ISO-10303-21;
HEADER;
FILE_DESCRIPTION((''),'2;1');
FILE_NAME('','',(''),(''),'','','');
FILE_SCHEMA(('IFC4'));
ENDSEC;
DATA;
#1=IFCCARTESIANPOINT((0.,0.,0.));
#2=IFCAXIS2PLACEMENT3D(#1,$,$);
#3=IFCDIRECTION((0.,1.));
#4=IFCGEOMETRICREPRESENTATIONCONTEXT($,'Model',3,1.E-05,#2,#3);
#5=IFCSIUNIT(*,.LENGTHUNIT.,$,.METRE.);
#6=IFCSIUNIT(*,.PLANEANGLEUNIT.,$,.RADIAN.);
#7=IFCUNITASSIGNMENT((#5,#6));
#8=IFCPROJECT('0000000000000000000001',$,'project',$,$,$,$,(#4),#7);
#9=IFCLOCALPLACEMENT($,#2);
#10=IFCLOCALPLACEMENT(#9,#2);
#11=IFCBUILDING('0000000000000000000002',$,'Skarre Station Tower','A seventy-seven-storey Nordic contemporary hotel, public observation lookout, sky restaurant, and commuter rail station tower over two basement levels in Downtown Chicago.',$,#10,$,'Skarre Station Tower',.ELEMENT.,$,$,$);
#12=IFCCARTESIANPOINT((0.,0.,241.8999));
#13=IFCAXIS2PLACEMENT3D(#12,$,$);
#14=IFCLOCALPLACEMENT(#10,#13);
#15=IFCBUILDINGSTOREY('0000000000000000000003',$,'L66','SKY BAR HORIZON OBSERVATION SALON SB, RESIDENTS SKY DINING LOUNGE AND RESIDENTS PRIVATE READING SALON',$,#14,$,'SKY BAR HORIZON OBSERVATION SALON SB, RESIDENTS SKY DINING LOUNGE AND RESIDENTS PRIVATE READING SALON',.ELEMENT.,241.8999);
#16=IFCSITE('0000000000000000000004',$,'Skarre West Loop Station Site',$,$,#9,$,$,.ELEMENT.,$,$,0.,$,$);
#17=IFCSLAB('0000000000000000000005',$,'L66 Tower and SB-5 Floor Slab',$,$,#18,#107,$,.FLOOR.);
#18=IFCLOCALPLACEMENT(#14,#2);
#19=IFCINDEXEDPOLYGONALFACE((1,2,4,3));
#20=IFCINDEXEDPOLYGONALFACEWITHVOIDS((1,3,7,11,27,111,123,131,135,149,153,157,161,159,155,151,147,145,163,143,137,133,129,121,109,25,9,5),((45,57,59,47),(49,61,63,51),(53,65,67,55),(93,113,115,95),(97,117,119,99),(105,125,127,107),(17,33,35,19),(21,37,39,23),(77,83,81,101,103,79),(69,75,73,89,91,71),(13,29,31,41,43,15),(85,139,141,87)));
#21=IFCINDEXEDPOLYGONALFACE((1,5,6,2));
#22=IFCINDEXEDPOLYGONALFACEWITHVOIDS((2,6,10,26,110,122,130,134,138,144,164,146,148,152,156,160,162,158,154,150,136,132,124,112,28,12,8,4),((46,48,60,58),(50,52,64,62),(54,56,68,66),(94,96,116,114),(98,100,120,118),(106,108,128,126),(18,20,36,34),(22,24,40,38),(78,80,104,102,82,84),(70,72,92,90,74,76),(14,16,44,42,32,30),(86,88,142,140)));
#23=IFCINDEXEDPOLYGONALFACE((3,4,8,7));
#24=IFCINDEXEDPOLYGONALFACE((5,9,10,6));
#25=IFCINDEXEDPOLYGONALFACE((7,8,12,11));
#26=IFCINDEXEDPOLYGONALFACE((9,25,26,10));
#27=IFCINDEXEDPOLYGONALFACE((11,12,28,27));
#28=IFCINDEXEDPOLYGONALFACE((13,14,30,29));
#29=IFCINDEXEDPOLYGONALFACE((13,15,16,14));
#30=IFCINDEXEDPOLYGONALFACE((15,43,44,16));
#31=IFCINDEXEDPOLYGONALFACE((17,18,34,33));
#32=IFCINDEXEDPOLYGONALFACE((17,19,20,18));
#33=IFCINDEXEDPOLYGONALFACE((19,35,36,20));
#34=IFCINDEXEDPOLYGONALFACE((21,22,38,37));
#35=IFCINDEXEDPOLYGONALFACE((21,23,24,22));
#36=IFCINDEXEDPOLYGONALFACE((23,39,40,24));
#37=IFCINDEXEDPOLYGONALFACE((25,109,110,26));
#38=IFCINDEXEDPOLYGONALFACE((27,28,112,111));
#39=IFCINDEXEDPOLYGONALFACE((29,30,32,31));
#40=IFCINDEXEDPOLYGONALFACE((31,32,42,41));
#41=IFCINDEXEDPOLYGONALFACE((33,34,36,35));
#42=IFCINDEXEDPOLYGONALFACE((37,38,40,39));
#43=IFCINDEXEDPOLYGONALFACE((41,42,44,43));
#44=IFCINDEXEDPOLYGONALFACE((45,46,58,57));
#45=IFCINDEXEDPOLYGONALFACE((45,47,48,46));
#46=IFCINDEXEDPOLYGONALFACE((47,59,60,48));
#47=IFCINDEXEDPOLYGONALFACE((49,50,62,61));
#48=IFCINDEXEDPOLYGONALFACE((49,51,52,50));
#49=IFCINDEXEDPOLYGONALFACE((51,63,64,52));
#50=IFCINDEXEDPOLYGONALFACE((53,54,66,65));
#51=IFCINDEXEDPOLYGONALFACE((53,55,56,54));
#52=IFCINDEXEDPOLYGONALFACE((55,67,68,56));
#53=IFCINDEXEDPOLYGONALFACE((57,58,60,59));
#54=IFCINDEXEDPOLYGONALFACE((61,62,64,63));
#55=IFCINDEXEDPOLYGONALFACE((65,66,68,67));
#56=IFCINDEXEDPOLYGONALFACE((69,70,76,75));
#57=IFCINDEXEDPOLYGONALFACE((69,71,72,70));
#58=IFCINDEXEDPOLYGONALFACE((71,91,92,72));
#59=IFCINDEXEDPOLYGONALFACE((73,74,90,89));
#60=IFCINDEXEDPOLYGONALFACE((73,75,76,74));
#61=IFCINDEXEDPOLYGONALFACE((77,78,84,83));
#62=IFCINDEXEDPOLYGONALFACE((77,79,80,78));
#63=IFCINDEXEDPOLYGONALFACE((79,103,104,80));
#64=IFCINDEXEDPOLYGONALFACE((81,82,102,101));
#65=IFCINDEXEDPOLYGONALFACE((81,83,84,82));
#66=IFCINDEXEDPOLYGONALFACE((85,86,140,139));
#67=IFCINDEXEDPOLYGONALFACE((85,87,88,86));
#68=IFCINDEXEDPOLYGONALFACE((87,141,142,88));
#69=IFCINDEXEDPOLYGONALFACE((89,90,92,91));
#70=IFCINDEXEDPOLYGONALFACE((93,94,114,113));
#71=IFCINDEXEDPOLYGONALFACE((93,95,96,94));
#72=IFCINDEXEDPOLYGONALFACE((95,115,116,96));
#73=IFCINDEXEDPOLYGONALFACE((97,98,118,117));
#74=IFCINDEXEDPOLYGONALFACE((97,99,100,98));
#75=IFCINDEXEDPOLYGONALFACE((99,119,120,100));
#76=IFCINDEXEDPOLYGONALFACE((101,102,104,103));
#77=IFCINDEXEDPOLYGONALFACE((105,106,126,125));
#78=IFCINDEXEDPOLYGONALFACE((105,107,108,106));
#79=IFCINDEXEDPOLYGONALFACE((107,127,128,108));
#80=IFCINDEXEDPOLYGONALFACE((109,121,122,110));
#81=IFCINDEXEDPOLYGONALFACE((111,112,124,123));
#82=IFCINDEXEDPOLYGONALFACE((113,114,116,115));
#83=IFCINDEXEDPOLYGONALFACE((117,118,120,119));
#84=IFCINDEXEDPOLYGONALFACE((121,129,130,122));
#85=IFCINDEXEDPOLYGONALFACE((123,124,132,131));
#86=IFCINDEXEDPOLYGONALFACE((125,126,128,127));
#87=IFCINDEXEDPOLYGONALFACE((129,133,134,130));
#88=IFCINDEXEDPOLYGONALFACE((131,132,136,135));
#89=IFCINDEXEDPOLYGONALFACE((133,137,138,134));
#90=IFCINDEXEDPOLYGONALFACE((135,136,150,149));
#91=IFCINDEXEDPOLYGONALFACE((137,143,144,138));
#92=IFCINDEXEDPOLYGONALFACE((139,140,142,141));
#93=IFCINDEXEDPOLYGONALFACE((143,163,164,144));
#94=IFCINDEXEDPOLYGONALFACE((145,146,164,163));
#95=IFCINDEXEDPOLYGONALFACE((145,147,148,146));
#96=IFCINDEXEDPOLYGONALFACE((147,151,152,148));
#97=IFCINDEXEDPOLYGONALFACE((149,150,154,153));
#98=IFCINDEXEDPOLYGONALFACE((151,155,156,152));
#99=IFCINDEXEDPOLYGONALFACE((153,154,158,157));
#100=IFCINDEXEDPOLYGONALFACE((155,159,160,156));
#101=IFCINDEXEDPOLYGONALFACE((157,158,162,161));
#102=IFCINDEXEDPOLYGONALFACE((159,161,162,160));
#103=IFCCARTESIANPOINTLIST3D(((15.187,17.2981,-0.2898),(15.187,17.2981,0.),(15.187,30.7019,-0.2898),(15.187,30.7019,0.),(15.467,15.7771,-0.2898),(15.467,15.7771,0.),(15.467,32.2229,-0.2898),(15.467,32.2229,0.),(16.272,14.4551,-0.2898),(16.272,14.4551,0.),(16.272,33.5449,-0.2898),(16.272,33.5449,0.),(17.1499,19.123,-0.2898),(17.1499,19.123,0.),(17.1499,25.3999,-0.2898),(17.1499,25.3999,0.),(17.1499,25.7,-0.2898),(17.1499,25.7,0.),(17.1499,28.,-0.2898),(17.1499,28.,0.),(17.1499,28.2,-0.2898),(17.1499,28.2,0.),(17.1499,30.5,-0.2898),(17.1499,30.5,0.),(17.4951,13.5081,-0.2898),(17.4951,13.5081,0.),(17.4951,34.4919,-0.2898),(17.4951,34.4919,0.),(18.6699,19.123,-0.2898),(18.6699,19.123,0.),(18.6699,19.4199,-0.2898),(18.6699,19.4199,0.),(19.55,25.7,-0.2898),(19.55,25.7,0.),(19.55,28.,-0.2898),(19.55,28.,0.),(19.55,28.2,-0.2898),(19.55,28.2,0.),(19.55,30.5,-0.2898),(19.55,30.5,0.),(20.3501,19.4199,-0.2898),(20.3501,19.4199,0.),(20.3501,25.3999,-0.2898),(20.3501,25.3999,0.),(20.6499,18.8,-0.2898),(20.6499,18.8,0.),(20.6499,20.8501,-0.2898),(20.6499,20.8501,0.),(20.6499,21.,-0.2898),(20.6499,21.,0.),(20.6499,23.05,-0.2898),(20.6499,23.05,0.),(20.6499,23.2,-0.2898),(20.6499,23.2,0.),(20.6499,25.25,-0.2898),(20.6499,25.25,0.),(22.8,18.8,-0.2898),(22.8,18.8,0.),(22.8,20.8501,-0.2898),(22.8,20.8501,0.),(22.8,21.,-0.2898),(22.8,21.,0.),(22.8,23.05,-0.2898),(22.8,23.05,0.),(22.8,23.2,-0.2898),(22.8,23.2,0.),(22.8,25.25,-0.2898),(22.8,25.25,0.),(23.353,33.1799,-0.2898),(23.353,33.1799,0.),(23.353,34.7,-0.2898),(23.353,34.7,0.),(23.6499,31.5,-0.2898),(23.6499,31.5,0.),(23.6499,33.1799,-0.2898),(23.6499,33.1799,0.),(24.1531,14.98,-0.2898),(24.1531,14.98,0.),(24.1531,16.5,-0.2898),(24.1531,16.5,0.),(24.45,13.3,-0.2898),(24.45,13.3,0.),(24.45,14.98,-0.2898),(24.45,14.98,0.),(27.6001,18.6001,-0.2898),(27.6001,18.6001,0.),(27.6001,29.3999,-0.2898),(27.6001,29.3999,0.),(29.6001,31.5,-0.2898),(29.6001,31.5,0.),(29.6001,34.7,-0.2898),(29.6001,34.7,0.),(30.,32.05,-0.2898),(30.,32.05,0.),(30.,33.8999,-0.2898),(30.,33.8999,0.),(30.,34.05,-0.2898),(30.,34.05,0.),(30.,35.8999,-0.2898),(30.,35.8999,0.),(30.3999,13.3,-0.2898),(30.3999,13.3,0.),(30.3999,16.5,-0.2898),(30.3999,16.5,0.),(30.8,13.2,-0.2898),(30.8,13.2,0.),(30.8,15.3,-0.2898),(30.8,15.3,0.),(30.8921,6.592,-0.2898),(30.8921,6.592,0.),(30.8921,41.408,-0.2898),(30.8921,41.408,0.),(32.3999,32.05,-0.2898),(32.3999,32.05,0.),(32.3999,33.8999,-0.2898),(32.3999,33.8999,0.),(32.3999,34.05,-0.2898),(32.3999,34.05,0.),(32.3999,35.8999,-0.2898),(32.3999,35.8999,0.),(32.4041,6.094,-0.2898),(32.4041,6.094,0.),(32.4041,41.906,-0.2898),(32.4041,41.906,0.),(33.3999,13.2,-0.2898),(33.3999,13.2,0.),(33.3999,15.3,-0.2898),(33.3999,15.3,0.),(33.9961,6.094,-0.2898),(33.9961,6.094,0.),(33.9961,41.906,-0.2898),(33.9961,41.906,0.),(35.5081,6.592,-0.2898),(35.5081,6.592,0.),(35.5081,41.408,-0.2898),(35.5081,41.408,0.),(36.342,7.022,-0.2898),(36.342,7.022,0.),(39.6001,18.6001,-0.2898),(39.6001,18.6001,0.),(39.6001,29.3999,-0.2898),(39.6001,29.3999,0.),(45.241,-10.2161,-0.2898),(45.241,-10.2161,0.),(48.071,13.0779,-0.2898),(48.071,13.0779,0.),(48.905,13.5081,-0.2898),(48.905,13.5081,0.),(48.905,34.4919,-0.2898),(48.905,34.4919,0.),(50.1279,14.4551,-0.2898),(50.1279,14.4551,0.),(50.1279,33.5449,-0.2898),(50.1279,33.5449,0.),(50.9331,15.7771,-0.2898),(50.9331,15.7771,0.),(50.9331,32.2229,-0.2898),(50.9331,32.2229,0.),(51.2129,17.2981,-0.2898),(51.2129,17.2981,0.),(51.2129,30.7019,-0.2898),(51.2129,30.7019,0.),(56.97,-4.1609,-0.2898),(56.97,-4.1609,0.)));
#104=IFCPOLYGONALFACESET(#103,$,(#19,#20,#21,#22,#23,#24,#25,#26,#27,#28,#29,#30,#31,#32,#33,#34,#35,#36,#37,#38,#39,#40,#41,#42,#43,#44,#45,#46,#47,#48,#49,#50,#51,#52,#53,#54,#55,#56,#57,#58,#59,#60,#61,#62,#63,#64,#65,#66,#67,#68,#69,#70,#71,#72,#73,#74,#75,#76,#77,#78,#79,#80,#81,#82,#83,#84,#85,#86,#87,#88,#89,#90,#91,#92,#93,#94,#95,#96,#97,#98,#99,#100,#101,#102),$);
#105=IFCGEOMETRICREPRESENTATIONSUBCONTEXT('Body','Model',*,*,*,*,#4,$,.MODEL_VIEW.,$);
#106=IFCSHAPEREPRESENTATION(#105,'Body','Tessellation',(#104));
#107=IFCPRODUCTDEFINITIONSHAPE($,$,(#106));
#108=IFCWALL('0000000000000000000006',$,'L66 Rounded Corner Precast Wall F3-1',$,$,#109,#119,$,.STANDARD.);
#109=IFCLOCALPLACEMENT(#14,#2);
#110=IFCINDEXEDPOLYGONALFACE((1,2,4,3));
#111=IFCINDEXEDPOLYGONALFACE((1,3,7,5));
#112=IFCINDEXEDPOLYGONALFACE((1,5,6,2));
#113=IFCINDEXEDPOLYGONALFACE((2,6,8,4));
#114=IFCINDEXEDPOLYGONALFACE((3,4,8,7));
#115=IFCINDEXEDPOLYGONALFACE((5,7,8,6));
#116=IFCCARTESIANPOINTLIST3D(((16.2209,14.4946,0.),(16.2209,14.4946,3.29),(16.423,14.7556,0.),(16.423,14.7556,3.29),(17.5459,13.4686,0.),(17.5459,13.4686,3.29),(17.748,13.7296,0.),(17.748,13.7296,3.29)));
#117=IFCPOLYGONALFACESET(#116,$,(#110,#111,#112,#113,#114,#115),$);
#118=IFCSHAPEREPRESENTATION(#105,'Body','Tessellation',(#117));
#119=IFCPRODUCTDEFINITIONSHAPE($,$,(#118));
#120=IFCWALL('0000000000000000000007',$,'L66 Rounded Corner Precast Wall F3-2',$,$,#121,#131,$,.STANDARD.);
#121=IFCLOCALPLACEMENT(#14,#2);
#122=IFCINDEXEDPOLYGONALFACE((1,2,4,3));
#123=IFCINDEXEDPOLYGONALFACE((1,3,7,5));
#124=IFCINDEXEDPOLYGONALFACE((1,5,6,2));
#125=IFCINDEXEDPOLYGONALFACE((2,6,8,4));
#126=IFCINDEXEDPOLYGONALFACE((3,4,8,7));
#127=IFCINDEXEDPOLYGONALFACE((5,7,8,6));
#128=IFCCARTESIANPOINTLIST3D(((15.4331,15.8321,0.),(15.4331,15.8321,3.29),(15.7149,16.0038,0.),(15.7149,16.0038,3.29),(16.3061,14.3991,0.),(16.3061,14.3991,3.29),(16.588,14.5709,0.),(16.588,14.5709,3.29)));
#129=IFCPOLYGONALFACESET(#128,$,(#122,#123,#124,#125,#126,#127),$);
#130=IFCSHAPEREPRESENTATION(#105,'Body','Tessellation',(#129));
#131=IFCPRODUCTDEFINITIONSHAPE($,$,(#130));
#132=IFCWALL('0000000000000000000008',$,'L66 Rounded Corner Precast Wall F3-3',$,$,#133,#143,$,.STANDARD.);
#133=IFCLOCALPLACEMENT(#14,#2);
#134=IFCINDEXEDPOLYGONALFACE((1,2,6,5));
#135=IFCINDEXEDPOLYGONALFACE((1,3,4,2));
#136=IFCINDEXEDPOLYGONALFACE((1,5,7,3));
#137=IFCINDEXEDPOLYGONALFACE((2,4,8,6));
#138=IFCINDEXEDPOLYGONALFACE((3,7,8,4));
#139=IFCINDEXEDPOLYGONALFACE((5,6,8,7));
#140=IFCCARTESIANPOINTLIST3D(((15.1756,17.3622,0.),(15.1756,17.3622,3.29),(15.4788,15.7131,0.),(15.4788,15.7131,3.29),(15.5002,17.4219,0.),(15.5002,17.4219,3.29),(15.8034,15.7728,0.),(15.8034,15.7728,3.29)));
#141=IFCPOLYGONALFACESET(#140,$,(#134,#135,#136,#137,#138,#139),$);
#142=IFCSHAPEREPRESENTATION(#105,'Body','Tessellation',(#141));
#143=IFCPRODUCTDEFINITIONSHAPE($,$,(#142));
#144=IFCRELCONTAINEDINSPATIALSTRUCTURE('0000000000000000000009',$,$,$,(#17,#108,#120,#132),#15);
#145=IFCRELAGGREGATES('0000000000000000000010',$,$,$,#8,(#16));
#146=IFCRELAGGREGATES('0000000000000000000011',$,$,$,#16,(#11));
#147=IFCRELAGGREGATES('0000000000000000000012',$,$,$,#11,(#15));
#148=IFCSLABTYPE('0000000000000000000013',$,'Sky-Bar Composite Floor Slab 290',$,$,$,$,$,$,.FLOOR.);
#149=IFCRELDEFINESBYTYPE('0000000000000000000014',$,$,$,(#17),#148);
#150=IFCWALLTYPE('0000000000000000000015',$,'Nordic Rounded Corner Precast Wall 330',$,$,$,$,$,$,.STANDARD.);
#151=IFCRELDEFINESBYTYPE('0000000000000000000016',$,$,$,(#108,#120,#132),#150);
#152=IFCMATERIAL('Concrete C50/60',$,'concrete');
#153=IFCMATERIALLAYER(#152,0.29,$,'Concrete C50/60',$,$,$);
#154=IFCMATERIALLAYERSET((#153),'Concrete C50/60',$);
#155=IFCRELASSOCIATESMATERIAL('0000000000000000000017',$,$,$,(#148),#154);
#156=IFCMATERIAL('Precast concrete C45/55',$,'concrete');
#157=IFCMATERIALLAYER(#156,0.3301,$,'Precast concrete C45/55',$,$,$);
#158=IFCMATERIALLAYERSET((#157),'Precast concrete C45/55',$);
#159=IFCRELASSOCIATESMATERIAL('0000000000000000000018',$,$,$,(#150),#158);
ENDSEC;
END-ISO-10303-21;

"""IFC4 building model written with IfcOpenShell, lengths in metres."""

from ifc_helpers import new_model, si_unit, direction, frame, frame_2d, origin, place, context, subcontext, project, spatial, polyline, rectangle, outline, extrude, material, layer, layer_set, type_object, element, save


model = new_model("IFC4")

# Units and contexts
model_context = context("Model", 3, precision=1e-05, world=origin(), true_north=direction((0.0, 1.0)))
body_context = subcontext(model_context, "Body", "Model", "MODEL_VIEW")
ifc_project = project(units=[si_unit("LENGTHUNIT", "METRE"), si_unit("PLANEANGLEUNIT", "RADIAN")], contexts=[model_context])

# Site, building, storey
site_placement = place(None, origin())
site = spatial("IfcSite", under=ifc_project, at=site_placement, Name="Skarre West Loop Station Site", CompositionType="ELEMENT", RefElevation=0.0)
building_placement = place(site_placement, origin())
building = spatial("IfcBuilding", under=site, at=building_placement, Name="Skarre Station Tower", Description="A seventy-seven-storey Nordic contemporary hotel, public observation lookout, sky restaurant, and commuter rail station tower over two basement levels in Downtown Chicago.", LongName="Skarre Station Tower", CompositionType="ELEMENT")
storey_placement = place(building_placement, frame((0.0, 0.0, 241.8999)))
storey = spatial("IfcBuildingStorey", under=building, at=storey_placement, Name="L66", Description="SKY BAR HORIZON OBSERVATION SALON SB, RESIDENTS SKY DINING LOUNGE AND RESIDENTS PRIVATE READING SALON", LongName="SKY BAR HORIZON OBSERVATION SALON SB, RESIDENTS SKY DINING LOUNGE AND RESIDENTS PRIVATE READING SALON", CompositionType="ELEMENT", Elevation=241.8999)

# Shared definitions
ifc_material_1 = material(Name="Concrete C50/60", Category="concrete")

# Slab
ifc_layer_1 = layer(ifc_material_1, 0.29, Name="Concrete C50/60")
ifc_layer_set_1 = layer_set([ifc_layer_1], Name="Concrete C50/60")
slab_type_1 = type_object("IfcSlabType", Name="Sky-Bar Composite Floor Slab 290", PredefinedType="FLOOR", material=ifc_layer_set_1)
slab_1_placement = place(storey_placement, frame((0.0, 0.0, -0.2898)))
element("IfcSlab", 1, at=slab_1_placement, inside=storey, type_object=slab_type_1, Name="L66 Tower and SB-5 Floor Slab", PredefinedType="FLOOR", context=body_context, shape_type="SweptSolid", body=[
    extrude(outline(polyline([(48.071, 13.0779), (48.905, 13.5081), (50.1279, 14.4551), (50.9331, 15.7771), (51.2129, 17.2981), (51.2129, 30.7019), (50.9331, 32.2229), (50.1279, 33.5449), (48.905, 34.4919), (35.5081, 41.408), (33.9961, 41.906), (32.4041, 41.906), (30.8921, 41.408), (17.4951, 34.4919), (16.272, 33.5449), (15.467, 32.2229), (15.187, 30.7019), (15.187, 17.2981), (15.467, 15.7771), (16.272, 14.4551), (17.4951, 13.5081), (30.8921, 6.592), (32.4041, 6.094), (33.9961, 6.094), (35.5081, 6.592), (36.342, 7.022), (45.241, -10.2161), (56.97, -4.1609), (48.071, 13.0779)]), holes=[polyline([(18.6699, 19.4199), (18.6699, 19.123), (17.1499, 19.123), (17.1499, 25.3999), (20.3501, 25.3999), (20.3501, 19.4199), (18.6699, 19.4199)]), polyline([(24.45, 14.98), (24.1531, 14.98), (24.1531, 16.5), (30.3999, 16.5), (30.3999, 13.3), (24.45, 13.3), (24.45, 14.98)]), polyline([(23.6499, 33.1799), (23.353, 33.1799), (23.353, 34.7), (29.6001, 34.7), (29.6001, 31.5), (23.6499, 31.5), (23.6499, 33.1799)]), polyline([(17.1499, 28.0), (19.55, 28.0), (19.55, 25.7), (17.1499, 25.7), (17.1499, 28.0)]), polyline([(17.1499, 30.5), (19.55, 30.5), (19.55, 28.2), (17.1499, 28.2), (17.1499, 30.5)]), polyline([(30.8, 15.3), (33.3999, 15.3), (33.3999, 13.2), (30.8, 13.2), (30.8, 15.3)]), polyline([(20.6499, 20.8501), (22.8, 20.8501), (22.8, 18.8), (20.6499, 18.8), (20.6499, 20.8501)]), polyline([(20.6499, 23.05), (22.8, 23.05), (22.8, 21.0), (20.6499, 21.0), (20.6499, 23.05)]), polyline([(20.6499, 25.25), (22.8, 25.25), (22.8, 23.2), (20.6499, 23.2), (20.6499, 25.25)]), polyline([(30.0, 33.8999), (32.3999, 33.8999), (32.3999, 32.05), (30.0, 32.05), (30.0, 33.8999)]), polyline([(30.0, 35.8999), (32.3999, 35.8999), (32.3999, 34.05), (30.0, 34.05), (30.0, 35.8999)]), polyline([(27.6001, 29.3999), (39.6001, 29.3999), (39.6001, 18.6001), (27.6001, 18.6001), (27.6001, 29.3999)])]), origin(), (0.0, 0.0, 1.0), 0.2898),
])

# Walls
ifc_material_2 = material(Name="Precast concrete C45/55", Category="concrete")
ifc_layer_2 = layer(ifc_material_2, 0.3301, Name="Precast concrete C45/55")
ifc_layer_set_2 = layer_set([ifc_layer_2], Name="Precast concrete C45/55")
wall_type_1 = type_object("IfcWallType", Name="Nordic Rounded Corner Precast Wall 330", PredefinedType="STANDARD", material=ifc_layer_set_2)
wall_1_placement = place(storey_placement, frame((17.647, 13.5991, 0.0), z_axis=(0.0, 0.0, 1.0), x_axis=(-0.790692, 0.612214, 0.0)))
element("IfcWall", 2, at=wall_1_placement, inside=storey, type_object=wall_type_1, Name="L66 Rounded Corner Precast Wall F3-1", PredefinedType="STANDARD", context=body_context, shape_type="SweptSolid", body=[
    extrude(rectangle(XDim=1.6758, YDim=0.3301, at=frame_2d((0.8379, 0.0))), origin(), (0.0, 0.0, 1.0), 3.29),
])
wall_2_placement = place(storey_placement, frame((16.447, 14.4851, 0.0), z_axis=(0.0, 0.0, 1.0), x_axis=(-0.520325, 0.853968, 0.0)))
element("IfcWall", 3, at=wall_2_placement, inside=storey, type_object=wall_type_1, Name="L66 Rounded Corner Precast Wall F3-2", PredefinedType="STANDARD", context=body_context, shape_type="SweptSolid", body=[
    extrude(rectangle(XDim=1.678, YDim=0.3301, at=frame_2d((0.8389, 0.0))), origin(), (0.0, 0.0, 1.0), 3.29),
])
wall_3_placement = place(storey_placement, frame((15.6411, 15.7429, 0.0), z_axis=(0.0, 0.0, 1.0), x_axis=(-0.180833, 0.983514, 0.0)))
element("IfcWall", 4, at=wall_3_placement, inside=storey, type_object=wall_type_1, Name="L66 Rounded Corner Precast Wall F3-3", PredefinedType="STANDARD", context=body_context, shape_type="SweptSolid", body=[
    extrude(rectangle(XDim=1.6768, YDim=0.3301, at=frame_2d((0.8384, 0.0))), origin(), (0.0, 0.0, 1.0), 3.29),
])

save(model, "model.ifc")
